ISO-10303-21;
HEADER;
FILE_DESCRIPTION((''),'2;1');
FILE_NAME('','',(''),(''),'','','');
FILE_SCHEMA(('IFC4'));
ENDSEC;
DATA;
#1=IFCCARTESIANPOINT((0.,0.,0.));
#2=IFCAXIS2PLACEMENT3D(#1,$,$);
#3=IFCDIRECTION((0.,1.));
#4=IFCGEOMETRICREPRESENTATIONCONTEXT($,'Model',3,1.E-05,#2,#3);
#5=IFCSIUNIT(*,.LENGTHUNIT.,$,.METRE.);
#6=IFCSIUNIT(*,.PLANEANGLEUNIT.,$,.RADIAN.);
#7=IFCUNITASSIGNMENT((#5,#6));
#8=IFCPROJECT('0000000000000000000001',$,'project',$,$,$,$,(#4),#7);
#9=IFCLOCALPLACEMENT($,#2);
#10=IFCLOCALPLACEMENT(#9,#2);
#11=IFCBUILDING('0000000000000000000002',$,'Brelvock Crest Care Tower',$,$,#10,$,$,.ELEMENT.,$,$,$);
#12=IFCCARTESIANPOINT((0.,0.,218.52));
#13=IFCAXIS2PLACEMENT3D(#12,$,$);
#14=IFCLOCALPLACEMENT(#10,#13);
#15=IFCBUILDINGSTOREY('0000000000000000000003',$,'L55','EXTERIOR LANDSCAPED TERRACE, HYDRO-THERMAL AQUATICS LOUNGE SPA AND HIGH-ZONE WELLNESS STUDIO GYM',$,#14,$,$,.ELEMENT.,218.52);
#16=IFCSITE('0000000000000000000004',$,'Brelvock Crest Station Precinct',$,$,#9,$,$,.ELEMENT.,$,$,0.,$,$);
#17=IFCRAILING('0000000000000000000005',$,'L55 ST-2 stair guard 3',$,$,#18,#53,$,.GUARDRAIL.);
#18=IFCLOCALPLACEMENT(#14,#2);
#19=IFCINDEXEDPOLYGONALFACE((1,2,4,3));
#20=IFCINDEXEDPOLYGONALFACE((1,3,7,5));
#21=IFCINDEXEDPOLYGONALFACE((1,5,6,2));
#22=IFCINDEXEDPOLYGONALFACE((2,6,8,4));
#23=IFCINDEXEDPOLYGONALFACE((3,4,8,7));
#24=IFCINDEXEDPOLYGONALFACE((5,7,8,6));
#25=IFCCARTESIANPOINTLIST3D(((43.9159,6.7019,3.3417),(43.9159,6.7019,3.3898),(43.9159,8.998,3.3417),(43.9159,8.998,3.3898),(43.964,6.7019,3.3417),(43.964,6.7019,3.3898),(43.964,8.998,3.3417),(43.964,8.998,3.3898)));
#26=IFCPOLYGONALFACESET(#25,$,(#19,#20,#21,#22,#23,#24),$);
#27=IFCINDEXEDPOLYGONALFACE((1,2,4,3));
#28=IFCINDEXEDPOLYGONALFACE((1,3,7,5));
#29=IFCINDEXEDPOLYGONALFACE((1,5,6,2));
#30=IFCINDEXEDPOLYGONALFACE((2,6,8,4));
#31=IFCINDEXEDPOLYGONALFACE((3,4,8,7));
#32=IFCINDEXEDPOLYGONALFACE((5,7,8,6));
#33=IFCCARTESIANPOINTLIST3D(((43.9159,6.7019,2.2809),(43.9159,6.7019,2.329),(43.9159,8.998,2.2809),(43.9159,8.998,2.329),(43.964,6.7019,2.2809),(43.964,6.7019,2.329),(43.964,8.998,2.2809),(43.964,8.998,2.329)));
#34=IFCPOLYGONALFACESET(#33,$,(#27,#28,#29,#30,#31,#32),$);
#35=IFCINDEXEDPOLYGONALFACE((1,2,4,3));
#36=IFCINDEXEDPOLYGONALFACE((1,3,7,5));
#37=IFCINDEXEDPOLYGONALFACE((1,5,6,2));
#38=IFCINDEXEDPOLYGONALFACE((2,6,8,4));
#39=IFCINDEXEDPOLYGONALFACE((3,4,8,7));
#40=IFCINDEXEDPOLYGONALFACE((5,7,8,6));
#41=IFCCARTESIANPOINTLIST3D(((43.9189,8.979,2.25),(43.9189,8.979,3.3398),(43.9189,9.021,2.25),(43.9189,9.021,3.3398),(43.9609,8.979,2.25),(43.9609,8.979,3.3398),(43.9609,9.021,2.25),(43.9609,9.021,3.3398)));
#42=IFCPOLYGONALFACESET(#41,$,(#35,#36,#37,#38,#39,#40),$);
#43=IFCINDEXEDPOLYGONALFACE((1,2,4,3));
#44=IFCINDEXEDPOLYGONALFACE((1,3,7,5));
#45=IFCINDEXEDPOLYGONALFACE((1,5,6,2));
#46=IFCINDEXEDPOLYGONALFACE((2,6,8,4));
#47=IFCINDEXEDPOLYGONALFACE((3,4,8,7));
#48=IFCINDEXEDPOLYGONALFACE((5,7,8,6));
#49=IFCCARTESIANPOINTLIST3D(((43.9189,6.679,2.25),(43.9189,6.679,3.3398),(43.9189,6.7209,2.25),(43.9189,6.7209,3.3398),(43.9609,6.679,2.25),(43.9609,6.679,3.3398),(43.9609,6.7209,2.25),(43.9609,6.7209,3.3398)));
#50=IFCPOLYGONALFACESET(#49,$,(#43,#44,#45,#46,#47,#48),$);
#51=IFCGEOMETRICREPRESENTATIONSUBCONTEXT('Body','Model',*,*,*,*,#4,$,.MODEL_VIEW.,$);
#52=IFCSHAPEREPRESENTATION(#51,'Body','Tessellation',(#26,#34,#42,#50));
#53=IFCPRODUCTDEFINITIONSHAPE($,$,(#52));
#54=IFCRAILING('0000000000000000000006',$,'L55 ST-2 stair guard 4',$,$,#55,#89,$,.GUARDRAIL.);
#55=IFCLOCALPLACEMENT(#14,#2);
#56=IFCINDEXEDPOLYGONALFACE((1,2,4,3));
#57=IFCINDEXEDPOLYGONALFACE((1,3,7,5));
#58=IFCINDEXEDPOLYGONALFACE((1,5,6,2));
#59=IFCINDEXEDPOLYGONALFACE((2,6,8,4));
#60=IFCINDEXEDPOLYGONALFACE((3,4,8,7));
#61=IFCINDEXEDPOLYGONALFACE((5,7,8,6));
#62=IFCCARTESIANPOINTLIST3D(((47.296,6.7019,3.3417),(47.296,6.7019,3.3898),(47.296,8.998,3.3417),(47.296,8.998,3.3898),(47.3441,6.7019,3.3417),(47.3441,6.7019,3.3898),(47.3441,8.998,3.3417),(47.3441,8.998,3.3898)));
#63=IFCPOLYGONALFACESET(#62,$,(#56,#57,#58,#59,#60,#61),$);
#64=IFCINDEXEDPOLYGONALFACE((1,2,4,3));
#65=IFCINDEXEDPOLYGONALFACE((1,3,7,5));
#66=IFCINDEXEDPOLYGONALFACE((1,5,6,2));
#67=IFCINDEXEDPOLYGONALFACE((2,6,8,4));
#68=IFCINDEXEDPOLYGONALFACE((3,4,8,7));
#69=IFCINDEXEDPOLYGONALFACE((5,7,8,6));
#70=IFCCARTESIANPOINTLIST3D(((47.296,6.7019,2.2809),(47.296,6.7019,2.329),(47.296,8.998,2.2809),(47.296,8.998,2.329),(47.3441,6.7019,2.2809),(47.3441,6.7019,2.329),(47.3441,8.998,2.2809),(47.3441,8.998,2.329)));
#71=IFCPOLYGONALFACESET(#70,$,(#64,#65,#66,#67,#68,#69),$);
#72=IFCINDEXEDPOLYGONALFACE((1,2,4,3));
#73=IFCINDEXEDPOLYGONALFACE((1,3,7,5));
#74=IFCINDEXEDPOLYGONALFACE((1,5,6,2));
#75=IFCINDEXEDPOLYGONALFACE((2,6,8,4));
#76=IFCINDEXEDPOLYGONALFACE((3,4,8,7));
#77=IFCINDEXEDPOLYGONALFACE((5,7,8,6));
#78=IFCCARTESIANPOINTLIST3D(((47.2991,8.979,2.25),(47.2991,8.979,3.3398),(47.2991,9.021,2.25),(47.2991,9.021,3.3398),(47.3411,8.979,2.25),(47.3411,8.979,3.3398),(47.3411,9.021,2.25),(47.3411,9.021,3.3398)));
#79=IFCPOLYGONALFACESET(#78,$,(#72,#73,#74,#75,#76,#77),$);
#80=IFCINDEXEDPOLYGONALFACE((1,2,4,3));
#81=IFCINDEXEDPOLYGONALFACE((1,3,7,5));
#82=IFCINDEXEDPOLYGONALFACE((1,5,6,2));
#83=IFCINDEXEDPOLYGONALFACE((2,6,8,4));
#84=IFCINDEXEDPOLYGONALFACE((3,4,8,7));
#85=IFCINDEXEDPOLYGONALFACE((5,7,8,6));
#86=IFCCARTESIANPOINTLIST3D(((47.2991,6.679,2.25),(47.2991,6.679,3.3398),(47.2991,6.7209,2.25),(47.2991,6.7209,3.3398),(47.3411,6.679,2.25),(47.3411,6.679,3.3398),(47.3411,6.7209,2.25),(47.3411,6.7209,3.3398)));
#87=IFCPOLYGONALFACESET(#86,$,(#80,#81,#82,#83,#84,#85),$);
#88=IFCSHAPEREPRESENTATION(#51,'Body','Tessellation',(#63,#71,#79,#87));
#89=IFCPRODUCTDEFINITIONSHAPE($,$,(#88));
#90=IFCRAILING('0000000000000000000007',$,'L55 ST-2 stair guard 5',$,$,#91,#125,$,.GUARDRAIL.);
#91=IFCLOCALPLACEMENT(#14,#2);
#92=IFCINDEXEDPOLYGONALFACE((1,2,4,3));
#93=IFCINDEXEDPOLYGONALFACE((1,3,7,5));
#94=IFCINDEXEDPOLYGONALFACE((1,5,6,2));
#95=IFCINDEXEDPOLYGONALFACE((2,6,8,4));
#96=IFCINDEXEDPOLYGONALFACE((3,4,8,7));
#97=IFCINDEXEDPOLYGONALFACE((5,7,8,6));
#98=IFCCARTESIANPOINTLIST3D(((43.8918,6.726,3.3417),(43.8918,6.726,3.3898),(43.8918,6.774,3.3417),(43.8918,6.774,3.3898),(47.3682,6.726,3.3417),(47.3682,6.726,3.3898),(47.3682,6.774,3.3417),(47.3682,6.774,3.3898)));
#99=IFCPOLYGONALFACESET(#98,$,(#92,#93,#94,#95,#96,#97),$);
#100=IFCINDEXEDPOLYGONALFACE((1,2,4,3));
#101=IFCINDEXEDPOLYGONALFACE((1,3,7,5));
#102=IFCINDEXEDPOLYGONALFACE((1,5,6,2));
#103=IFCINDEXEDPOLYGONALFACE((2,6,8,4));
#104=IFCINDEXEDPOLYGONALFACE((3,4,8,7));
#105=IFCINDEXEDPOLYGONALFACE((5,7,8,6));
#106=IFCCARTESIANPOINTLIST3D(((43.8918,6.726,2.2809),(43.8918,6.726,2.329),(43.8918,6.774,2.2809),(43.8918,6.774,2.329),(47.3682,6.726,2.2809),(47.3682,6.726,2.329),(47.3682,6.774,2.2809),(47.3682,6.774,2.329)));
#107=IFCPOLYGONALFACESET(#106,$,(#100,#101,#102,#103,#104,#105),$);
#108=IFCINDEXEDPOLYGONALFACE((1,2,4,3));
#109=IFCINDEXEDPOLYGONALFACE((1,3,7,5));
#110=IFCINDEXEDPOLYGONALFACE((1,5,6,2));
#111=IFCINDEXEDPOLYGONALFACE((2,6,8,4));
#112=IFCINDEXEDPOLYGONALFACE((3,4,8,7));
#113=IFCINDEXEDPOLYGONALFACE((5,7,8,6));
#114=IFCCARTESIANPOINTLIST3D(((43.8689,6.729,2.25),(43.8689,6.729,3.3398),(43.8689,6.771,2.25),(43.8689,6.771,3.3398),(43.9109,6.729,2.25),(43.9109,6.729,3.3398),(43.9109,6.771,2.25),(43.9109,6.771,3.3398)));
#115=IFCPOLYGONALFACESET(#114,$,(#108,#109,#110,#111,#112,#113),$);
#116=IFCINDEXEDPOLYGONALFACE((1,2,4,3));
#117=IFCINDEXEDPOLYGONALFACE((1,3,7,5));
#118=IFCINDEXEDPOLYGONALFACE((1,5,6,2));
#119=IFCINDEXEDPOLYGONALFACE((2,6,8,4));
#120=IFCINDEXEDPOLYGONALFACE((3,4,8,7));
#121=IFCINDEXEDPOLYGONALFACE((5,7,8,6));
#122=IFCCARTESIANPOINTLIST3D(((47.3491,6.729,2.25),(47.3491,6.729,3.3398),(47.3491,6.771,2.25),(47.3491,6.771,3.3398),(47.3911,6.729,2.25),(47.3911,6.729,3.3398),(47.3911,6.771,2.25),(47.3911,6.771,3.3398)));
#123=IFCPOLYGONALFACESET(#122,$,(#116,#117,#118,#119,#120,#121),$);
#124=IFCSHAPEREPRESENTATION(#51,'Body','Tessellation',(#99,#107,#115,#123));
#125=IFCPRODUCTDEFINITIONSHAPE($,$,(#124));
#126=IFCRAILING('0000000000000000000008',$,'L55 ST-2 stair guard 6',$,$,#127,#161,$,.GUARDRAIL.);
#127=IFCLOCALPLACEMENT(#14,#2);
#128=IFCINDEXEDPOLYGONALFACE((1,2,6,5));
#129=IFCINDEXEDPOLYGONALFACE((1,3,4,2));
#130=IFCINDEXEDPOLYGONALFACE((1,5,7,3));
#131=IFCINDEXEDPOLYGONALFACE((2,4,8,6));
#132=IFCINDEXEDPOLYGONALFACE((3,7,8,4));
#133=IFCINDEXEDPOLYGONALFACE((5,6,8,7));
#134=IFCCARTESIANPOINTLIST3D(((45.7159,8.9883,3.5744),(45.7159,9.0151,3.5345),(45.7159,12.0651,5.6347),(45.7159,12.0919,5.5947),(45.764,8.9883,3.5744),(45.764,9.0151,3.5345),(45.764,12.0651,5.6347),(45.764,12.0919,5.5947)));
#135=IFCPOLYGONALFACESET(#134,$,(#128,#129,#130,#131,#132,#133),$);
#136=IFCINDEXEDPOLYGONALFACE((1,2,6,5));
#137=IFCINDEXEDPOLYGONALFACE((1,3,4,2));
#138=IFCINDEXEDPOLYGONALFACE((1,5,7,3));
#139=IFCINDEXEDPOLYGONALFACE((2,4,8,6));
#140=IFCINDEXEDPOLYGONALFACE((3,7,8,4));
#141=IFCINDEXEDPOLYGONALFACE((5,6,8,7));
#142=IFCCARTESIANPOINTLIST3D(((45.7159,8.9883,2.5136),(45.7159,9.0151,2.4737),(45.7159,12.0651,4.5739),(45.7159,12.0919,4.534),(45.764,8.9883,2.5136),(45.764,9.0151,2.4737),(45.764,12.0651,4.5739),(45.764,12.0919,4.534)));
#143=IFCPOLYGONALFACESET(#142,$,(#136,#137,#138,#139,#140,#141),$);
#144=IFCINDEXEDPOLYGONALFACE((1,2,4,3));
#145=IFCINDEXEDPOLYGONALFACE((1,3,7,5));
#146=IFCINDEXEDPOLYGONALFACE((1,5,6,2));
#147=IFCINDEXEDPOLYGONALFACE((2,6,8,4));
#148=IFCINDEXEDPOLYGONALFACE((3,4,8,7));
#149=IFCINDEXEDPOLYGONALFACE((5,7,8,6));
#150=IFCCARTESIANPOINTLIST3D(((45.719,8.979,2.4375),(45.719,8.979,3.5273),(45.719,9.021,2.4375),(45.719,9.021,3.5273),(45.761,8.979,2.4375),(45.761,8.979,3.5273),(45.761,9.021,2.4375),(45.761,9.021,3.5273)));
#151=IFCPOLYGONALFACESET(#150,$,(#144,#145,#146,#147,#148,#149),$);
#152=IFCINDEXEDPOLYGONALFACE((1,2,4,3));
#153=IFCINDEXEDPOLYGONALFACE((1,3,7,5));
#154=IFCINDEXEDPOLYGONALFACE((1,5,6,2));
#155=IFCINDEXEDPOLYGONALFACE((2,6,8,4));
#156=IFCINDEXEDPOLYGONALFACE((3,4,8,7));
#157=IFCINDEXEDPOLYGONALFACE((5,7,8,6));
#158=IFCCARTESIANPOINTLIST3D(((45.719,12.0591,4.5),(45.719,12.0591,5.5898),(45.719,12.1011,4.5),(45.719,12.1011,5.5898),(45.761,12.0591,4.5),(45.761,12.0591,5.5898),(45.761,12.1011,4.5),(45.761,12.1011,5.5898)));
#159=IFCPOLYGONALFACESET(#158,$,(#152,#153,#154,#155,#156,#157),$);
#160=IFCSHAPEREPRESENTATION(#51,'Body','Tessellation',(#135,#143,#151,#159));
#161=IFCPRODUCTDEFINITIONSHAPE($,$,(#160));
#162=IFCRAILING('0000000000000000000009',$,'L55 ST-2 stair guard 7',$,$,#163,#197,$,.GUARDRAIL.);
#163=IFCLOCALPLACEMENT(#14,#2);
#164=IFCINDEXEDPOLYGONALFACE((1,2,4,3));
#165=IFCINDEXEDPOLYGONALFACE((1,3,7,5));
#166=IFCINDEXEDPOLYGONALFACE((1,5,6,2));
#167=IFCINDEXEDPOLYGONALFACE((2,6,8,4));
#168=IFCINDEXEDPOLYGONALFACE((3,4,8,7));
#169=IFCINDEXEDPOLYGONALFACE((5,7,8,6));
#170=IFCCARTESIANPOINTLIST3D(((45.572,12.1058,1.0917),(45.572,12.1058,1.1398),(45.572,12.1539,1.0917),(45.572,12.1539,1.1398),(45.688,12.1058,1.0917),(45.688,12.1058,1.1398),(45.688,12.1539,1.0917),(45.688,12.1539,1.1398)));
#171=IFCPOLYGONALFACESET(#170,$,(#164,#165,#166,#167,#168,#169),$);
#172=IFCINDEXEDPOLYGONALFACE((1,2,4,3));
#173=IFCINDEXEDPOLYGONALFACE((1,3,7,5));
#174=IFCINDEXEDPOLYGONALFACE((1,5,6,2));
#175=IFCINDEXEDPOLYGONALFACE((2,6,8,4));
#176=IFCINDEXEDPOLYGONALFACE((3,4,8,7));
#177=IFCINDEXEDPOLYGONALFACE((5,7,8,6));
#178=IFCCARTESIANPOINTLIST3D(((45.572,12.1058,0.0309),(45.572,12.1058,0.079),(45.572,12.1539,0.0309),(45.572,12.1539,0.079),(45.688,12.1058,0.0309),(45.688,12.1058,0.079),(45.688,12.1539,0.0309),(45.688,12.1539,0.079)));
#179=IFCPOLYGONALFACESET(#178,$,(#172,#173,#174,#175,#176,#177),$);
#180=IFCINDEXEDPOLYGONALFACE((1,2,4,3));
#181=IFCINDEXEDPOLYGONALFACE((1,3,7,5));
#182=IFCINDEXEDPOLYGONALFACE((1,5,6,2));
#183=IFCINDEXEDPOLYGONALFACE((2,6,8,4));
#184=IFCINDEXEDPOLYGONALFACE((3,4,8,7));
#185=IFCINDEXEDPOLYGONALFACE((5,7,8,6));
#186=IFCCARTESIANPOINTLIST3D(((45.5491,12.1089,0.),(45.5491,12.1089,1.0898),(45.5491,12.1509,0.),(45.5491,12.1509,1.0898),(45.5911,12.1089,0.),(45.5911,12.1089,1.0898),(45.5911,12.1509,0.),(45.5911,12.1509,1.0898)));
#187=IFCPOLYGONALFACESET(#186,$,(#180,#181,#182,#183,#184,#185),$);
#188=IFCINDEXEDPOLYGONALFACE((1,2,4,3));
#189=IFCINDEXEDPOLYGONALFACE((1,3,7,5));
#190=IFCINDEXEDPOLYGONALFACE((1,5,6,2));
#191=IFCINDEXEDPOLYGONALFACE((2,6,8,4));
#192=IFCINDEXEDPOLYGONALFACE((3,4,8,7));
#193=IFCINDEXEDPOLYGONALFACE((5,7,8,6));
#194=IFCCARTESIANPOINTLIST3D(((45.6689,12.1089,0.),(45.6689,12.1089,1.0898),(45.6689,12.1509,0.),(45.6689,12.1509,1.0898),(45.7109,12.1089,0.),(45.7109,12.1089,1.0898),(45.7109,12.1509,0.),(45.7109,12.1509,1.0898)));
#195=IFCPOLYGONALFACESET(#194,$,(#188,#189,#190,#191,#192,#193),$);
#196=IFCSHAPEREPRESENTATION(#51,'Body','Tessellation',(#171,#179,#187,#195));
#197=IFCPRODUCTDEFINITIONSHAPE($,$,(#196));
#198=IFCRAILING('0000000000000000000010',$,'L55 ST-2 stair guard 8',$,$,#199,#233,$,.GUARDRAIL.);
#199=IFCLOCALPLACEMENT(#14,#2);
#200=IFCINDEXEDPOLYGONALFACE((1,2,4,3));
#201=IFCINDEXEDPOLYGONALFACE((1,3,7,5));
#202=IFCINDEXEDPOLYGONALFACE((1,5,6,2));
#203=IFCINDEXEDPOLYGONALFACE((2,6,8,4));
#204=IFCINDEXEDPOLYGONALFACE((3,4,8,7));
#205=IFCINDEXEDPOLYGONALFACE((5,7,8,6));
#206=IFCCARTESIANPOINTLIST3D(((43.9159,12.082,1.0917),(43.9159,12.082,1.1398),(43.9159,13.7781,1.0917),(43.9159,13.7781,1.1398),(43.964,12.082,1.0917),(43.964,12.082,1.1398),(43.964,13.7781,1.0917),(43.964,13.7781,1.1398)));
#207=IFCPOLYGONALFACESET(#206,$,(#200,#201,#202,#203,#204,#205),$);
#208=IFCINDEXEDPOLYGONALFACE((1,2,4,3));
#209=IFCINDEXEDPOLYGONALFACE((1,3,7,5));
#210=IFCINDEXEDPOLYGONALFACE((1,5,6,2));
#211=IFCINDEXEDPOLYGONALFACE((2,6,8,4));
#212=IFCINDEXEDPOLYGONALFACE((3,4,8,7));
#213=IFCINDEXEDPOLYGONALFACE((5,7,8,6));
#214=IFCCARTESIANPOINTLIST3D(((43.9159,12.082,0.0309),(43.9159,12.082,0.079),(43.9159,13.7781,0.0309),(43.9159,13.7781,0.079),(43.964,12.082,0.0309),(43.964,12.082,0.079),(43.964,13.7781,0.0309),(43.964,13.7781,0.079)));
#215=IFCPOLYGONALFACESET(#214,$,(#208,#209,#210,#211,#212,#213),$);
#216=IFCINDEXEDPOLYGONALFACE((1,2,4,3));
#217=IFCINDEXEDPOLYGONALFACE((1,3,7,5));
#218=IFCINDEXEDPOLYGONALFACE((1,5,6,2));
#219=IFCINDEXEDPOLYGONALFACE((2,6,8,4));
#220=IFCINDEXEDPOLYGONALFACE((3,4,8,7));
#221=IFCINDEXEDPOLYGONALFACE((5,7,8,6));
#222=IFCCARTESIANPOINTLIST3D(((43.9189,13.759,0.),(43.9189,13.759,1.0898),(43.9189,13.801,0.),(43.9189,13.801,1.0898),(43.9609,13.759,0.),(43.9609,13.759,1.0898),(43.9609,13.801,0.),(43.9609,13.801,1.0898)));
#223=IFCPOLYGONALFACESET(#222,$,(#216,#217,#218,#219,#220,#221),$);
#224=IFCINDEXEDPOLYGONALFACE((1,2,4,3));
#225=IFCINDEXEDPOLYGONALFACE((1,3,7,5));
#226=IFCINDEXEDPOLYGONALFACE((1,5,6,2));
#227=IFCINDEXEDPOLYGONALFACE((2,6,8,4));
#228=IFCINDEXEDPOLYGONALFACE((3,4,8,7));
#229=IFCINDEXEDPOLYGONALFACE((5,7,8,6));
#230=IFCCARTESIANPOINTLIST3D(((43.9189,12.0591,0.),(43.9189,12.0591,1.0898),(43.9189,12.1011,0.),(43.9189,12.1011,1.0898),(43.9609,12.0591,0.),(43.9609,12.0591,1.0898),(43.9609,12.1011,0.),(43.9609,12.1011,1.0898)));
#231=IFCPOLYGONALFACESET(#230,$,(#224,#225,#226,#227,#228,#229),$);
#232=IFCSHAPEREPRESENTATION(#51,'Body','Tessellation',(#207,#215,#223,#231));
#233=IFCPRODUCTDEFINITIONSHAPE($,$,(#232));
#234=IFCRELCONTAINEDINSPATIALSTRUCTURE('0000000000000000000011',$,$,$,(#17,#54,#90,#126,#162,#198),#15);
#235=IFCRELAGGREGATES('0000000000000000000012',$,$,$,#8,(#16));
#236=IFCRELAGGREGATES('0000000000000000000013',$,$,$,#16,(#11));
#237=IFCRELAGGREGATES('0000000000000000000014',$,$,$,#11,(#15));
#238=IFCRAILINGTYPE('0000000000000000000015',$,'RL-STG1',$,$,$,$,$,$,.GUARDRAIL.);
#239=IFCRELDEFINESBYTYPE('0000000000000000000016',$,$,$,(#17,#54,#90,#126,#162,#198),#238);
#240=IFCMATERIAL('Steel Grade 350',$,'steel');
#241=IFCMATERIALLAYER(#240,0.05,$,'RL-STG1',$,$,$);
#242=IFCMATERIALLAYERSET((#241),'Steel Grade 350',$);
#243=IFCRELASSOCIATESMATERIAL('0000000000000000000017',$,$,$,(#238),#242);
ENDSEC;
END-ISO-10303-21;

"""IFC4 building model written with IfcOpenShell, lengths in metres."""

from ifc_helpers import new_model, si_unit, direction, frame, origin, origin_2d, place, context, subcontext, project, spatial, rectangle, extrude, material, layer, layer_set, type_object, element, save


model = new_model("IFC4")

# Units and contexts
model_context = context("Model", 3, precision=1e-05, world=origin(), true_north=direction((0.0, 1.0)))
body_context = subcontext(model_context, "Body", "Model", "MODEL_VIEW")
ifc_project = project(units=[si_unit("LENGTHUNIT", "METRE"), si_unit("PLANEANGLEUNIT", "RADIAN")], contexts=[model_context])

# Site, building, storey
site_placement = place(None, origin())
site = spatial("IfcSite", under=ifc_project, at=site_placement, Name="Brelvock Crest Station Precinct", CompositionType="ELEMENT", RefElevation=0.0)
building_placement = place(site_placement, origin())
building = spatial("IfcBuilding", under=site, at=building_placement, Name="Brelvock Crest Care Tower", CompositionType="ELEMENT")
storey_placement = place(building_placement, frame((0.0, 0.0, 218.52)))
storey = spatial("IfcBuildingStorey", under=building, at=storey_placement, Name="L55", Description="EXTERIOR LANDSCAPED TERRACE, HYDRO-THERMAL AQUATICS LOUNGE SPA AND HIGH-ZONE WELLNESS STUDIO GYM", CompositionType="ELEMENT", Elevation=218.52)

# Shared definitions
ifc_material_1 = material(Name="Steel Grade 350", Category="steel")

# Railings
ifc_layer_1 = layer(ifc_material_1, 0.05, Name="RL-STG1")
ifc_layer_set_1 = layer_set([ifc_layer_1], Name="Steel Grade 350")
railing_type_1 = type_object("IfcRailingType", Name="RL-STG1", PredefinedType="GUARDRAIL", material=ifc_layer_set_1)
for number, where, name in (
    (1, (43.9399, 9.0, 2.25), "L55 ST-2 stair guard 3"),
    (2, (47.3201, 9.0, 2.25), "L55 ST-2 stair guard 4"),
):
    element("IfcRailing", number, at=place(storey_placement, frame(where)), inside=storey, type_object=railing_type_1, Name=name, PredefinedType="GUARDRAIL", context=body_context, shape_type="SweptSolid", body=[
        extrude(rectangle(XDim=0.0481, YDim=0.0481, at=origin_2d()), frame((0.0, -0.002, 1.1157), z_axis=(0.0, -1.0, 0.0), x_axis=(1.0, 0.0, 0.0)), (0.0, 0.0, 1.0), 2.2961),
        extrude(rectangle(XDim=0.0481, YDim=0.0481, at=origin_2d()), frame((0.0, -0.002, 0.0549), z_axis=(0.0, -1.0, 0.0), x_axis=(1.0, 0.0, 0.0)), (0.0, 0.0, 1.0), 2.2961),
        extrude(rectangle(XDim=0.042, YDim=0.042, at=origin_2d()), origin(), (0.0, 0.0, 1.0), 1.0898),
        extrude(rectangle(XDim=0.042, YDim=0.042, at=origin_2d()), frame((0.0, -2.3, 0.0)), (0.0, 0.0, 1.0), 1.0898),
    ])
railing_1_placement = place(storey_placement, frame((43.8899, 6.75, 2.25)))
element("IfcRailing", 3, at=railing_1_placement, inside=storey, type_object=railing_type_1, Name="L55 ST-2 stair guard 5", PredefinedType="GUARDRAIL", context=body_context, shape_type="SweptSolid", body=[
    extrude(rectangle(XDim=0.0481, YDim=0.0481, at=origin_2d()), frame((0.002, 0.0, 1.1157), z_axis=(1.0, 0.0, 0.0), x_axis=(0.0, 1.0, 0.0)), (0.0, 0.0, 1.0), 3.4763),
    extrude(rectangle(XDim=0.0481, YDim=0.0481, at=origin_2d()), frame((0.002, 0.0, 0.0549), z_axis=(1.0, 0.0, 0.0), x_axis=(0.0, 1.0, 0.0)), (0.0, 0.0, 1.0), 3.4763),
    extrude(rectangle(XDim=0.042, YDim=0.042, at=origin_2d()), origin(), (0.0, 0.0, 1.0), 1.0898),
    extrude(rectangle(XDim=0.042, YDim=0.042, at=origin_2d()), frame((3.4802, 0.0, 0.0)), (0.0, 0.0, 1.0), 1.0898),
])
railing_2_placement = place(storey_placement, frame((45.74, 9.0, 2.4375)))
element("IfcRailing", 4, at=railing_2_placement, inside=storey, type_object=railing_type_1, Name="L55 ST-2 stair guard 6", PredefinedType="GUARDRAIL", context=body_context, shape_type="SweptSolid", body=[
    extrude(rectangle(XDim=0.0481, YDim=0.0481, at=origin_2d()), frame((0.0, 0.0017, 1.1169), z_axis=(0.0, 0.830914, 0.556401), x_axis=(-1.0, 0.0, 0.0)), (0.0, 0.0, 1.0), 3.7029),
    extrude(rectangle(XDim=0.0481, YDim=0.0481, at=origin_2d()), frame((0.0, 0.0017, 0.0562), z_axis=(0.0, 0.830914, 0.556401), x_axis=(-1.0, 0.0, 0.0)), (0.0, 0.0, 1.0), 3.7029),
    extrude(rectangle(XDim=0.042, YDim=0.042, at=origin_2d()), origin(), (0.0, 0.0, 1.0), 1.0898),
    extrude(rectangle(XDim=0.042, YDim=0.042, at=origin_2d()), frame((0.0, 3.0801, 2.0625)), (0.0, 0.0, 1.0), 1.0898),
])
railing_3_placement = place(storey_placement, frame((45.5701, 12.1299, 0.0)))
element("IfcRailing", 5, at=railing_3_placement, inside=storey, type_object=railing_type_1, Name="L55 ST-2 stair guard 7", PredefinedType="GUARDRAIL", context=body_context, shape_type="SweptSolid", body=[
    extrude(rectangle(XDim=0.0481, YDim=0.0481, at=origin_2d()), frame((0.002, 0.0, 1.1157), z_axis=(1.0, 0.0, 0.0), x_axis=(0.0, 1.0, 0.0)), (0.0, 0.0, 1.0), 0.116),
    extrude(rectangle(XDim=0.0481, YDim=0.0481, at=origin_2d()), frame((0.002, 0.0, 0.0549), z_axis=(1.0, 0.0, 0.0), x_axis=(0.0, 1.0, 0.0)), (0.0, 0.0, 1.0), 0.116),
    extrude(rectangle(XDim=0.042, YDim=0.042, at=origin_2d()), origin(), (0.0, 0.0, 1.0), 1.0898),
    extrude(rectangle(XDim=0.042, YDim=0.042, at=origin_2d()), frame((0.1199, 0.0, 0.0)), (0.0, 0.0, 1.0), 1.0898),
])
for number, where, name in (
    (6, (43.9399, 13.78, 0.0), "L55 ST-2 stair guard 8"),
):
    element("IfcRailing", number, at=place(storey_placement, frame(where)), inside=storey, type_object=railing_type_1, Name=name, PredefinedType="GUARDRAIL", context=body_context, shape_type="SweptSolid", body=[
        extrude(rectangle(XDim=0.0481, YDim=0.0481, at=origin_2d()), frame((0.0, -0.002, 1.1157), z_axis=(0.0, -1.0, 0.0), x_axis=(1.0, 0.0, 0.0)), (0.0, 0.0, 1.0), 1.696),
        extrude(rectangle(XDim=0.0481, YDim=0.0481, at=origin_2d()), frame((0.0, -0.002, 0.0549), z_axis=(0.0, -1.0, 0.0), x_axis=(1.0, 0.0, 0.0)), (0.0, 0.0, 1.0), 1.696),
        extrude(rectangle(XDim=0.042, YDim=0.042, at=origin_2d()), origin(), (0.0, 0.0, 1.0), 1.0898),
        extrude(rectangle(XDim=0.042, YDim=0.042, at=origin_2d()), frame((0.0, -1.7, 0.0)), (0.0, 0.0, 1.0), 1.0898),
    ])

save(model, "model.ifc")
